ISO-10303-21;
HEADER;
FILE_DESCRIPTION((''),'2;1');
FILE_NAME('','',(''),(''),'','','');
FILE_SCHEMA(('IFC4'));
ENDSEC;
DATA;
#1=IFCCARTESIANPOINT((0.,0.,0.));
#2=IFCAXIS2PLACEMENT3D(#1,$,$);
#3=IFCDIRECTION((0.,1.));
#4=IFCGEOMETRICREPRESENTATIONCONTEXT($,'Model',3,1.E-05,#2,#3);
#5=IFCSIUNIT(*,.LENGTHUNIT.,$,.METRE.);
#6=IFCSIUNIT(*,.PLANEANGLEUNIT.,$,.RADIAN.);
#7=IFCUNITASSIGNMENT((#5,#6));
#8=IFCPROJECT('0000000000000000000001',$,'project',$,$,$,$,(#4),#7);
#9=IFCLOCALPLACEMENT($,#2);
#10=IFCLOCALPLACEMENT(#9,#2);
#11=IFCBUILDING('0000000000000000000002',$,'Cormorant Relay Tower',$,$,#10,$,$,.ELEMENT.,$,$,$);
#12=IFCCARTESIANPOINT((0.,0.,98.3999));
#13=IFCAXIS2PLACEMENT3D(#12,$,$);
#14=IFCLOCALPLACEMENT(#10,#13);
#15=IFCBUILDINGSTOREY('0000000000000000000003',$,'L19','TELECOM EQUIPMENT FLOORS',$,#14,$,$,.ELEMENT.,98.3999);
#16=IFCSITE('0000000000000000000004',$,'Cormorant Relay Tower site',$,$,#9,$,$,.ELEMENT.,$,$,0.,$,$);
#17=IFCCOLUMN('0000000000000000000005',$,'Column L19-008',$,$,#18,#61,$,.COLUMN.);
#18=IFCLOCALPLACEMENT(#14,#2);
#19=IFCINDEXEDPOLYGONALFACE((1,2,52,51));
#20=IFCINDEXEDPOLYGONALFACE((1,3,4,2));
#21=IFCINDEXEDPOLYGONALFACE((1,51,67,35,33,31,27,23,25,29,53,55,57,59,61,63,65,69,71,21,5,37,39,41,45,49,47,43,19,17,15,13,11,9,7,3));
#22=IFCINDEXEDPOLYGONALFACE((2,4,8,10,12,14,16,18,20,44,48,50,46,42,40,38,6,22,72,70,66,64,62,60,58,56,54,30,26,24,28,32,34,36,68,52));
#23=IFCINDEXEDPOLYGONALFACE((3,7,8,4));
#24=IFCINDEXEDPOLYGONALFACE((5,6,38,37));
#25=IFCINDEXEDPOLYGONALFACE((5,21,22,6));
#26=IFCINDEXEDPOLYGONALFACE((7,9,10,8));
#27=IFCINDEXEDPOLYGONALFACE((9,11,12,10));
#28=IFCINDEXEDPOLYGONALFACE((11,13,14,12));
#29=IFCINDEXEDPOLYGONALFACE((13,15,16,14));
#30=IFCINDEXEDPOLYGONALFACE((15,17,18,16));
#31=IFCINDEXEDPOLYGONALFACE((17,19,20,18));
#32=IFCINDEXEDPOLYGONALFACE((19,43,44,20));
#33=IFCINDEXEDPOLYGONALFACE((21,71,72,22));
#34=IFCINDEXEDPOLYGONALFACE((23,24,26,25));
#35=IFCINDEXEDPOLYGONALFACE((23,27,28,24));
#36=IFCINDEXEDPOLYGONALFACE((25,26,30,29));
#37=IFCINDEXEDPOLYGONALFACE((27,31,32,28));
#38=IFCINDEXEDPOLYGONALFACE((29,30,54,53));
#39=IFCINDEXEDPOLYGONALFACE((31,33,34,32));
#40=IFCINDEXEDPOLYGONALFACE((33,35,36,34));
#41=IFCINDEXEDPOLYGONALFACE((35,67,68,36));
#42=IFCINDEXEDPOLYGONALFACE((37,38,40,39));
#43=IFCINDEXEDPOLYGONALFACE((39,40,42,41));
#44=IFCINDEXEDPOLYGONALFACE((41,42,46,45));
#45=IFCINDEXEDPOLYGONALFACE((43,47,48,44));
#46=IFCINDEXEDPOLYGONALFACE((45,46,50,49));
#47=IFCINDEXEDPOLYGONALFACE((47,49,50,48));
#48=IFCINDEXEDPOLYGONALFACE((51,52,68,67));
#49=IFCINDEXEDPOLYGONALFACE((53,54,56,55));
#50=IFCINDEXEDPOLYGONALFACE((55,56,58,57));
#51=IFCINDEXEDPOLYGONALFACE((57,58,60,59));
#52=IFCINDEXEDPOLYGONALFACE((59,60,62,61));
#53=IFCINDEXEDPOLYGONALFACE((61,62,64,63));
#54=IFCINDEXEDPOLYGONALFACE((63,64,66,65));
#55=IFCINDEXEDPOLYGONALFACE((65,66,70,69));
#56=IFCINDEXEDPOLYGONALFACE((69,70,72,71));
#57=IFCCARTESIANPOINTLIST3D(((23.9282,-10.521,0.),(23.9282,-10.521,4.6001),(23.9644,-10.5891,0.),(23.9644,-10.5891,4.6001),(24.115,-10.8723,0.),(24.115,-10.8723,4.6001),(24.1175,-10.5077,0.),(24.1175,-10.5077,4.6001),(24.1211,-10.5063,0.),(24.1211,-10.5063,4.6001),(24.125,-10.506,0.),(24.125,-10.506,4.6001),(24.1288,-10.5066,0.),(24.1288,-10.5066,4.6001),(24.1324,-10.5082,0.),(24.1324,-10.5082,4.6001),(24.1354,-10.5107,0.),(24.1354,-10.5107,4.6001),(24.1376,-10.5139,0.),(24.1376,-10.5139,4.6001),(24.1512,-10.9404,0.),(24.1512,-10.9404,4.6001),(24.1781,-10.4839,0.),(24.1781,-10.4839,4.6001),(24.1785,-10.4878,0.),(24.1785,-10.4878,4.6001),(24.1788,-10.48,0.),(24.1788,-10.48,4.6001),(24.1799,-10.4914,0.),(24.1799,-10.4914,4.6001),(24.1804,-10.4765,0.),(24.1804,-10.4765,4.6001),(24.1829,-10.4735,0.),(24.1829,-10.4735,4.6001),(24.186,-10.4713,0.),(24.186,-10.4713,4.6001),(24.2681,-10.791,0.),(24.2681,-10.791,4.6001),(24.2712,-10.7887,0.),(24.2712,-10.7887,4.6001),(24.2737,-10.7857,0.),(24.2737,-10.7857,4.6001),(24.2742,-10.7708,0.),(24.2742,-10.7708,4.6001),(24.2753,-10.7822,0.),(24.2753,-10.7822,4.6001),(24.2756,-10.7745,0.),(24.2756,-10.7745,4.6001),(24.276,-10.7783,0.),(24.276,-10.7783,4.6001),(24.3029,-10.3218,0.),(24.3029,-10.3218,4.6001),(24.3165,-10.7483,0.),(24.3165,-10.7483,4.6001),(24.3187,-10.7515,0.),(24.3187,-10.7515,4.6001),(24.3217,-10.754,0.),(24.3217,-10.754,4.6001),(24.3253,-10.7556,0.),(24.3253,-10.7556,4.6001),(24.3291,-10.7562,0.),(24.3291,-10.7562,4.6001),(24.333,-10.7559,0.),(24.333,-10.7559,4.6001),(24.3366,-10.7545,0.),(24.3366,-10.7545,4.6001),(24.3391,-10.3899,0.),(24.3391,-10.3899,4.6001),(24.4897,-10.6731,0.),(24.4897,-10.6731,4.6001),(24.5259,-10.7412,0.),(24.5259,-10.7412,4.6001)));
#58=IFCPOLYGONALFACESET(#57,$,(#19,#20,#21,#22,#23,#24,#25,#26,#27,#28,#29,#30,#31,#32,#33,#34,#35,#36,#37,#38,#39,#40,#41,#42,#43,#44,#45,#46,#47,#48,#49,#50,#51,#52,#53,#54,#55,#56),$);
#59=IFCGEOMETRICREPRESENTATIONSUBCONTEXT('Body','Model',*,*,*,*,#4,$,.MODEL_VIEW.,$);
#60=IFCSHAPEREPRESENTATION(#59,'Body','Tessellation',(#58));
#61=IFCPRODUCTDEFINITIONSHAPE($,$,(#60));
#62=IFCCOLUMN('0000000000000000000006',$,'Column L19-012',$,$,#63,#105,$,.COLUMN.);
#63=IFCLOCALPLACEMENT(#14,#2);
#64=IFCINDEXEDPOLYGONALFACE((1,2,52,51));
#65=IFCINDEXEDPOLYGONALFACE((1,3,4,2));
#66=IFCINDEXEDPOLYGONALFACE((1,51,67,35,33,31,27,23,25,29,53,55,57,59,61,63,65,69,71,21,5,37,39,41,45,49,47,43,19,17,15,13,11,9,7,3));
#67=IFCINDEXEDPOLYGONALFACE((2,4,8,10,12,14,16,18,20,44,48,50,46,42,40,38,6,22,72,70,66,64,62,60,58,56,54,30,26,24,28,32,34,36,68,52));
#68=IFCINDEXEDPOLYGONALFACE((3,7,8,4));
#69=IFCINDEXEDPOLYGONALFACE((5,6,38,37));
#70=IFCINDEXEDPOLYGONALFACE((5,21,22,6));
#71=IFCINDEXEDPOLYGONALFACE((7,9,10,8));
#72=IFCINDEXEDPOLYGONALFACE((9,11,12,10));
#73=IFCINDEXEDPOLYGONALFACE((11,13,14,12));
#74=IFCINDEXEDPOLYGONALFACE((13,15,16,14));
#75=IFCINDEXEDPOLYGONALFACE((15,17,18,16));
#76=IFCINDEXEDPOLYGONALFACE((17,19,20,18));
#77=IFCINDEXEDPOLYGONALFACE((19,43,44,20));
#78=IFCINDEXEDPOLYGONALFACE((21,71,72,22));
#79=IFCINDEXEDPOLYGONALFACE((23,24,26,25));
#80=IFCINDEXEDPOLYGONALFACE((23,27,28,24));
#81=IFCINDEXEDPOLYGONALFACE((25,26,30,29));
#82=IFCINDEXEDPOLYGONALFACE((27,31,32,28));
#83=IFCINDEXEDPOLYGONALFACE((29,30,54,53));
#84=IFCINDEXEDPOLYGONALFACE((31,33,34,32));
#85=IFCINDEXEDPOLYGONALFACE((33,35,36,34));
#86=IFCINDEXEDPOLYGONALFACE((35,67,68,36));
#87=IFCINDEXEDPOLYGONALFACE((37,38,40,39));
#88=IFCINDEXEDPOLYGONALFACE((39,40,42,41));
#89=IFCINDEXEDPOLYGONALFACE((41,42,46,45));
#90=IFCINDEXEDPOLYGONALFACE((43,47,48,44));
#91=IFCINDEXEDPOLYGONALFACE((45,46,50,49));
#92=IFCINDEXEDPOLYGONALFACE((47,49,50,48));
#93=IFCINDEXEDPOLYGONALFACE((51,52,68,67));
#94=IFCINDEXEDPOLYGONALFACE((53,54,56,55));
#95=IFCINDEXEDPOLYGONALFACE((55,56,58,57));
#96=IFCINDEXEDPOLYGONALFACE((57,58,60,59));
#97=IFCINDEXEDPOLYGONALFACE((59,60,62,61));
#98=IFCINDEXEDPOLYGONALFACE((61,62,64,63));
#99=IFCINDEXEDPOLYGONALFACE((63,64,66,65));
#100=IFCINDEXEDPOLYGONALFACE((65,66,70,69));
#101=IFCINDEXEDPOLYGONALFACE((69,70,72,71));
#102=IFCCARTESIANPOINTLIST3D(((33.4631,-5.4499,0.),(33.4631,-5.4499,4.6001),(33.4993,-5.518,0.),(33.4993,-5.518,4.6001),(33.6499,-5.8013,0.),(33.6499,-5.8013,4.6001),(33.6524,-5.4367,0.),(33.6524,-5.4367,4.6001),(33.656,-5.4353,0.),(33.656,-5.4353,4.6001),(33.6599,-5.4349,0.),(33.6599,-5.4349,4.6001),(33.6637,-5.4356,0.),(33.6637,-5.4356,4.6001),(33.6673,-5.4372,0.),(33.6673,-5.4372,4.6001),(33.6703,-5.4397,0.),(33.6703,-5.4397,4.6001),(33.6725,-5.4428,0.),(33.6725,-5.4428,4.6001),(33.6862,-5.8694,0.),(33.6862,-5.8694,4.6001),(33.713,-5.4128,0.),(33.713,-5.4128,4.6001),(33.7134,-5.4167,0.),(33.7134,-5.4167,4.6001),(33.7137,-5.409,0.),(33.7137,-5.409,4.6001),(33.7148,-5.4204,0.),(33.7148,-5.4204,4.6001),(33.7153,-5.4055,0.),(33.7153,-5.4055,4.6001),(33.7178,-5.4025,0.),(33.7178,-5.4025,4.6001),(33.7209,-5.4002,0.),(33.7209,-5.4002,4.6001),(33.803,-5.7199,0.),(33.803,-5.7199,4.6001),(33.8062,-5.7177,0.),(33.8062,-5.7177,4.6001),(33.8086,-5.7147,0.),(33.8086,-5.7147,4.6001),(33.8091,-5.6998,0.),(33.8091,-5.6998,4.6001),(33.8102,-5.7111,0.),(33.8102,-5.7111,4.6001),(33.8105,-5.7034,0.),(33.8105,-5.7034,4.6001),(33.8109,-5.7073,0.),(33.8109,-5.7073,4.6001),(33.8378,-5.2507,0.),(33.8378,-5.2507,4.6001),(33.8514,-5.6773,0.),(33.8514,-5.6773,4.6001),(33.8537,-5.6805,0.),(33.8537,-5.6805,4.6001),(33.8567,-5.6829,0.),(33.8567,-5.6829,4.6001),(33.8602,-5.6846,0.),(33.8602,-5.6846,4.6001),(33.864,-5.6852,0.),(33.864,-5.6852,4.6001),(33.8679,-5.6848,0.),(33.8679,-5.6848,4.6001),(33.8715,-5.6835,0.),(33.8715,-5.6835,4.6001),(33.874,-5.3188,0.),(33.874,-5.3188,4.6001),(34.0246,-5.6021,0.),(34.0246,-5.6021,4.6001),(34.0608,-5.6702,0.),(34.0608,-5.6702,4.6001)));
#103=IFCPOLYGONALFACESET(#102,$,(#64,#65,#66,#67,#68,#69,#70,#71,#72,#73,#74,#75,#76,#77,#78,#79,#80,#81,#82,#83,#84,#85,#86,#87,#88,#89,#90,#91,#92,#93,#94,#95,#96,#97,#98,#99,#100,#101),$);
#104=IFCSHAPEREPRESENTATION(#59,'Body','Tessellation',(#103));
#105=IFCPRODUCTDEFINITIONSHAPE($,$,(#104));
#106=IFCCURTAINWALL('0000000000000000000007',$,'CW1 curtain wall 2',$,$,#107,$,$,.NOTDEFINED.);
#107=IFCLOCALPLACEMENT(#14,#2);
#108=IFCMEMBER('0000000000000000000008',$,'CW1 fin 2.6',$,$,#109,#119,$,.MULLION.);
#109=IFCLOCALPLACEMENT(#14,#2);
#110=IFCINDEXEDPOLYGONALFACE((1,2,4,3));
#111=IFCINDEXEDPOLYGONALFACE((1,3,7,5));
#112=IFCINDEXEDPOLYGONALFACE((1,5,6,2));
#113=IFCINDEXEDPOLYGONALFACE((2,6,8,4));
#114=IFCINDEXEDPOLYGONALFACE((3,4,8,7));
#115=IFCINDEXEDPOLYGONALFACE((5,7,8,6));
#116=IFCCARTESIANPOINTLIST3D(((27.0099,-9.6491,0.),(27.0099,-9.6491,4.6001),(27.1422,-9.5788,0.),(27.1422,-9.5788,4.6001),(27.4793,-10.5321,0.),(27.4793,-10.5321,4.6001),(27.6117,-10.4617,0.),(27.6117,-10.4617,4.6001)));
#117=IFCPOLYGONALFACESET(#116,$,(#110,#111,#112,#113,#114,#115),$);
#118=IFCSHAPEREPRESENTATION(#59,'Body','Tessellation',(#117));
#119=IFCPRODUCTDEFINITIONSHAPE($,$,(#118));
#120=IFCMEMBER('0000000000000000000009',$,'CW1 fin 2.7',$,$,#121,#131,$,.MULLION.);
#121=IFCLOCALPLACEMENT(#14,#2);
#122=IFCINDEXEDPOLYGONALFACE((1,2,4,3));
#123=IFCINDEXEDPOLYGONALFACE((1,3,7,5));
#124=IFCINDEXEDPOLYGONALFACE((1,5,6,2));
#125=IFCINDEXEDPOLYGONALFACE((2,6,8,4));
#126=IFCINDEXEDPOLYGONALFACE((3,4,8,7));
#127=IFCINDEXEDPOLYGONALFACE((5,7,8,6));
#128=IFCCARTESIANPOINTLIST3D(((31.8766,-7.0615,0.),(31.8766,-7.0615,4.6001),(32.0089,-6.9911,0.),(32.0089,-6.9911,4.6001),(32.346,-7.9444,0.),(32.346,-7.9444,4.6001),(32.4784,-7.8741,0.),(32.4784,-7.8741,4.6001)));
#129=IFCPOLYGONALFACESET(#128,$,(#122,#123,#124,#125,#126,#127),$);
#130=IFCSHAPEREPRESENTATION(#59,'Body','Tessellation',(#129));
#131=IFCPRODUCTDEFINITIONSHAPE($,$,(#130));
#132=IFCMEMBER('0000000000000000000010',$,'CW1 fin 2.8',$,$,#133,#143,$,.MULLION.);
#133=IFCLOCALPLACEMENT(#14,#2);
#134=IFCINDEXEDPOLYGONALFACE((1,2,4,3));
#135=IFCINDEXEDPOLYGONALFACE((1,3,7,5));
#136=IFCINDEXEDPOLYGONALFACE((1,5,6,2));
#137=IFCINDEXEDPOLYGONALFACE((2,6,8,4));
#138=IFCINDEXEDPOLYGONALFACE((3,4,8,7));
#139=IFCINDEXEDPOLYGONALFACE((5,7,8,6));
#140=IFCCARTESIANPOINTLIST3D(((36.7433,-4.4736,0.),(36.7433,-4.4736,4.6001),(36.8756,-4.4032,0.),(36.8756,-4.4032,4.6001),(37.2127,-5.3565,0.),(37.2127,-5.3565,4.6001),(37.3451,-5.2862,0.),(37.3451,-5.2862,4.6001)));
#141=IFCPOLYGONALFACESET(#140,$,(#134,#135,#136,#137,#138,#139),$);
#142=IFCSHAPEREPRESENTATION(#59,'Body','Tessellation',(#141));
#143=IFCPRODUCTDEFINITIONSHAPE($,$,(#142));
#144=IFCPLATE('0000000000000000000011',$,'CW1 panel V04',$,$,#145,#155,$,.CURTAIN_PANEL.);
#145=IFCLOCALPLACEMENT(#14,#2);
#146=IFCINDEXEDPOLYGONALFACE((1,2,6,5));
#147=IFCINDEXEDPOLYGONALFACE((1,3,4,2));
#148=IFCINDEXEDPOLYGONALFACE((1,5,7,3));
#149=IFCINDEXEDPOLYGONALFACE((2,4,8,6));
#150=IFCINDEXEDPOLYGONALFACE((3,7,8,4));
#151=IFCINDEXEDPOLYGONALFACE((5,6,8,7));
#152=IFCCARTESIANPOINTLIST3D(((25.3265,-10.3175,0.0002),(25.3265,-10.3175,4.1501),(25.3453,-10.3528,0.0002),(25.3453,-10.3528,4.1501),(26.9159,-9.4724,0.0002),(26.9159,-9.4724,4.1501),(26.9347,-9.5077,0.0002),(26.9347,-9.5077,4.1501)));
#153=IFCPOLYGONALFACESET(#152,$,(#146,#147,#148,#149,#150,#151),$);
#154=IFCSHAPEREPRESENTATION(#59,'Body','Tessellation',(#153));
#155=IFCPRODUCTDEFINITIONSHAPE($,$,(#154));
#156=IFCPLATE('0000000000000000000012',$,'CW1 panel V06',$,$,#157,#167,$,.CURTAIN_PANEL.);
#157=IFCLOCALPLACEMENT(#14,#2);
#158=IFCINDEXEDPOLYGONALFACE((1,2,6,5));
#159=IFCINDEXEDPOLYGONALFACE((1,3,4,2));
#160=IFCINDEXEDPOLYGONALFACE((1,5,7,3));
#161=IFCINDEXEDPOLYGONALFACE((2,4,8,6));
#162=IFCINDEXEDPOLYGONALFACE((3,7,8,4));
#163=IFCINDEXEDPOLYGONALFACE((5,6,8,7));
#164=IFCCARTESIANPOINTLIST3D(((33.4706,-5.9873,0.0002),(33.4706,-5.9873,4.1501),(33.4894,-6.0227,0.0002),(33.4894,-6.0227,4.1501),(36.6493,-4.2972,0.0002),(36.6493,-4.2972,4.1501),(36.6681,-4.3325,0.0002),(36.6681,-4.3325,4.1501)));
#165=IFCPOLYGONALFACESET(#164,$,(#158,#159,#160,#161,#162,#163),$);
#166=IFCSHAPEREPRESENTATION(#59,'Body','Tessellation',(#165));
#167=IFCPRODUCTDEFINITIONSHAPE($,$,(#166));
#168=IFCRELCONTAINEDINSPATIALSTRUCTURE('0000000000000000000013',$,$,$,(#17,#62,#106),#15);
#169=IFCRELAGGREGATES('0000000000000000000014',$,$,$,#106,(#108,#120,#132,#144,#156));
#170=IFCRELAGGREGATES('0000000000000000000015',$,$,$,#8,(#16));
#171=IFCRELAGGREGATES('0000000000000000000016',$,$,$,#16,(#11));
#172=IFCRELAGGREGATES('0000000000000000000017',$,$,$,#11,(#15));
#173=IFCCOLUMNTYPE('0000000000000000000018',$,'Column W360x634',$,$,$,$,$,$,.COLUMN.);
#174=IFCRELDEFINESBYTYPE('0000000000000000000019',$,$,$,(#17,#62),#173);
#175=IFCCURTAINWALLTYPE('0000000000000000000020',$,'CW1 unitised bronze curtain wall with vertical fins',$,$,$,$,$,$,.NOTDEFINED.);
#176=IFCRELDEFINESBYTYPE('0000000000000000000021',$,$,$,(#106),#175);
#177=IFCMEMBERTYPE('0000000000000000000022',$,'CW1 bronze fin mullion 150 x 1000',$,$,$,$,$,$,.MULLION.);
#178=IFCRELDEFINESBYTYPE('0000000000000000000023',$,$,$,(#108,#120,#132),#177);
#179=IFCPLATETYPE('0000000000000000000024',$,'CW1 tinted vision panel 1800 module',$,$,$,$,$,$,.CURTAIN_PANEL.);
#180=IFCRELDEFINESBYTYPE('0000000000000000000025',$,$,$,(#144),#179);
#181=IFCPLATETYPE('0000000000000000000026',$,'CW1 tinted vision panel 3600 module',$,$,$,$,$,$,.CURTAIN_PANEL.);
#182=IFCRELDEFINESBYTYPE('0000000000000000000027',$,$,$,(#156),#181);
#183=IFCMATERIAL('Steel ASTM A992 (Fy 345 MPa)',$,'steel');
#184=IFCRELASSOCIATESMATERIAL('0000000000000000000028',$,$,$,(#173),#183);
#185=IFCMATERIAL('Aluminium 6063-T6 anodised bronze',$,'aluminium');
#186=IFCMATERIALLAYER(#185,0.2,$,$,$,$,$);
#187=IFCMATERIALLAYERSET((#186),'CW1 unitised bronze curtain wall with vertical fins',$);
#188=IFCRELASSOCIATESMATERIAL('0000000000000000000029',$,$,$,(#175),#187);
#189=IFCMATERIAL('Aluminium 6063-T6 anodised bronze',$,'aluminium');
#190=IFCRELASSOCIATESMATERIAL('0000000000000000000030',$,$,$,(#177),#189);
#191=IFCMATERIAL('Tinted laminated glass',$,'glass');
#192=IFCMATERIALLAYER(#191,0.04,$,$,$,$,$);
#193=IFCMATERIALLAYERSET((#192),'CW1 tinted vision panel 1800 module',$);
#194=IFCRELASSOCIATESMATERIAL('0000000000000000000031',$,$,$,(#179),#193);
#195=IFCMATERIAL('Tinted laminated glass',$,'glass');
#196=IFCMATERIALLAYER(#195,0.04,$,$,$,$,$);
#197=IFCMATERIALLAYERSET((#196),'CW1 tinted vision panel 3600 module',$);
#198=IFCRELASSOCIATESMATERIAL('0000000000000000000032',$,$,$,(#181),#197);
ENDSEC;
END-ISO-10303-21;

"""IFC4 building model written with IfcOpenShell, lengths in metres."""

from ifc_helpers import new_model, si_unit, direction, frame, origin, origin_2d, place, context, subcontext, project, spatial, rectangle, i_section, extrude, material, layer, layer_set, material_profile, profile_set, type_object, element, aggregate, save


model = new_model("IFC4")

# Units and contexts
model_context = context("Model", 3, precision=1e-05, world=origin(), true_north=direction((0.0, 1.0)))
body_context = subcontext(model_context, "Body", "Model", "MODEL_VIEW")
ifc_project = project(units=[si_unit("LENGTHUNIT", "METRE"), si_unit("PLANEANGLEUNIT", "RADIAN")], contexts=[model_context])

# Site, building, storey
site_placement = place(None, origin())
site = spatial("IfcSite", under=ifc_project, at=site_placement, Name="Cormorant Relay Tower site", CompositionType="ELEMENT", RefElevation=0.0)
building_placement = place(site_placement, origin())
building = spatial("IfcBuilding", under=site, at=building_placement, Name="Cormorant Relay Tower", CompositionType="ELEMENT")
storey_placement = place(building_placement, frame((0.0, 0.0, 98.3999)))
storey = spatial("IfcBuildingStorey", under=building, at=storey_placement, Name="L19", Description="TELECOM EQUIPMENT FLOORS", CompositionType="ELEMENT", Elevation=98.3999)

# Columns
ifc_material_1 = material(Name="Steel ASTM A992 (Fy 345 MPa)", Category="steel")
ifc_material_profile_1 = material_profile(ifc_material_1, i_section(OverallWidth=0.4243, OverallDepth=0.4751, WebThickness=0.0479, FlangeThickness=0.0771, FilletRadius=0.0149, at=origin_2d()), Name="W360x634")
ifc_profile_set_1 = profile_set([ifc_material_profile_1], Name="Steel ASTM A992 (Fy 345 MPa)")
column_type = type_object("IfcColumnType", Name="Column W360x634", PredefinedType="COLUMN", material=ifc_profile_set_1)
for number, where, z_axis, x_axis, name in (
    (1, (24.2271, -10.6311, 0.0), (0.0, 0.0, 1.0), (0.882948, 0.469472, 0.0), "Column L19-008"),
    (2, (33.762, -5.5601, 0.0), (0.0, 0.0, 1.0), (0.882948, 0.469472, 0.0), "Column L19-012"),
):
    element("IfcColumn", number, at=place(storey_placement, frame(where, z_axis=z_axis, x_axis=x_axis)), inside=storey, type_object=column_type, Name=name, PredefinedType="COLUMN", context=body_context, shape_type="SweptSolid", body=[
        extrude(i_section(OverallWidth=0.4243, OverallDepth=0.4751, WebThickness=0.0479, FlangeThickness=0.0771, FilletRadius=0.0149, at=origin_2d()), origin(), (0.0, 0.0, 1.0), 4.6001),
    ])

# Curtain wall, members, plates
ifc_material_2 = material(Name="Aluminium 6063-T6 anodised bronze", Category="aluminium")
ifc_layer_1 = layer(ifc_material_2, 0.2)
ifc_layer_set_1 = layer_set([ifc_layer_1], Name="CW1 unitised bronze curtain wall with vertical fins")
curtain_wall_type = type_object("IfcCurtainWallType", Name="CW1 unitised bronze curtain wall with vertical fins", PredefinedType="NOTDEFINED", material=ifc_layer_set_1)
curtain_wall_placement = place(storey_placement, origin())
curtain_wall = element("IfcCurtainWall", 3, at=curtain_wall_placement, inside=storey, type_object=curtain_wall_type, Name="CW1 curtain wall 2", PredefinedType="NOTDEFINED")
ifc_material_3 = material(Name="Aluminium 6063-T6 anodised bronze", Category="aluminium")
ifc_material_profile_2 = material_profile(ifc_material_3, rectangle(XDim=0.1499, YDim=1.0, at=origin_2d()), Name="AL 150x1000")
ifc_profile_set_2 = profile_set([ifc_material_profile_2], Name="Aluminium 6063-T6 anodised bronze")
member_type = type_object("IfcMemberType", Name="CW1 bronze fin mullion 150 x 1000", PredefinedType="MULLION", material=ifc_profile_set_2)
member_1_placement = place(storey_placement, frame((27.3108, -10.0554, 0.0), z_axis=(0.0, 0.0, 1.0), x_axis=(0.882948, 0.469472, 0.0)))
member_1 = element("IfcMember", 4, at=member_1_placement, type_object=member_type, Name="CW1 fin 2.6", PredefinedType="MULLION", context=body_context, shape_type="SweptSolid", body=[
    extrude(rectangle(XDim=0.1499, YDim=1.0, at=origin_2d()), origin(), (0.0, 0.0, 1.0), 4.6001),
])
member_2_placement = place(storey_placement, frame((32.1775, -7.4678, 0.0), z_axis=(0.0, 0.0, 1.0), x_axis=(0.882948, 0.469472, 0.0)))
member_2 = element("IfcMember", 5, at=member_2_placement, type_object=member_type, Name="CW1 fin 2.7", PredefinedType="MULLION", context=body_context, shape_type="SweptSolid", body=[
    extrude(rectangle(XDim=0.1499, YDim=1.0, at=origin_2d()), origin(), (0.0, 0.0, 1.0), 4.6001),
])
member_3_placement = place(storey_placement, frame((37.0442, -4.8799, 0.0), z_axis=(0.0, 0.0, 1.0), x_axis=(0.882948, 0.469472, 0.0)))
member_3 = element("IfcMember", 6, at=member_3_placement, type_object=member_type, Name="CW1 fin 2.8", PredefinedType="MULLION", context=body_context, shape_type="SweptSolid", body=[
    extrude(rectangle(XDim=0.1499, YDim=1.0, at=origin_2d()), origin(), (0.0, 0.0, 1.0), 4.6001),
])
ifc_material_4 = material(Name="Tinted laminated glass", Category="glass")
ifc_layer_2 = layer(ifc_material_4, 0.04)
ifc_layer_set_2 = layer_set([ifc_layer_2], Name="CW1 tinted vision panel 1800 module")
plate_type_1 = type_object("IfcPlateType", Name="CW1 tinted vision panel 1800 module", PredefinedType="CURTAIN_PANEL", material=ifc_layer_set_2)
plate_1_placement = place(storey_placement, frame((26.1306, -9.9126, 0.0002), z_axis=(0.0, 0.0, 1.0), x_axis=(0.882948, 0.469472, 0.0)))
plate_1 = element("IfcPlate", 7, at=plate_1_placement, type_object=plate_type_1, Name="CW1 panel V04", PredefinedType="CURTAIN_PANEL", context=body_context, shape_type="SweptSolid", body=[
    extrude(rectangle(XDim=1.8, YDim=0.04, at=origin_2d()), origin(), (0.0, 0.0, 1.0), 4.1499),
])
ifc_material_5 = material(Name="Tinted laminated glass", Category="glass")
ifc_layer_3 = layer(ifc_material_5, 0.04)
ifc_layer_set_3 = layer_set([ifc_layer_3], Name="CW1 tinted vision panel 3600 module")
plate_type_2 = type_object("IfcPlateType", Name="CW1 tinted vision panel 3600 module", PredefinedType="CURTAIN_PANEL", material=ifc_layer_set_3)
plate_2_placement = place(storey_placement, frame((35.0693, -5.1599, 0.0002), z_axis=(0.0, 0.0, 1.0), x_axis=(0.882948, 0.469472, 0.0)))
plate_2 = element("IfcPlate", 8, at=plate_2_placement, type_object=plate_type_2, Name="CW1 panel V06", PredefinedType="CURTAIN_PANEL", context=body_context, shape_type="SweptSolid", body=[
    extrude(rectangle(XDim=3.6001, YDim=0.04, at=origin_2d()), origin(), (0.0, 0.0, 1.0), 4.1499),
])

aggregate(curtain_wall, [member_1, member_2, member_3, plate_1, plate_2])

save(model, "model.ifc")
